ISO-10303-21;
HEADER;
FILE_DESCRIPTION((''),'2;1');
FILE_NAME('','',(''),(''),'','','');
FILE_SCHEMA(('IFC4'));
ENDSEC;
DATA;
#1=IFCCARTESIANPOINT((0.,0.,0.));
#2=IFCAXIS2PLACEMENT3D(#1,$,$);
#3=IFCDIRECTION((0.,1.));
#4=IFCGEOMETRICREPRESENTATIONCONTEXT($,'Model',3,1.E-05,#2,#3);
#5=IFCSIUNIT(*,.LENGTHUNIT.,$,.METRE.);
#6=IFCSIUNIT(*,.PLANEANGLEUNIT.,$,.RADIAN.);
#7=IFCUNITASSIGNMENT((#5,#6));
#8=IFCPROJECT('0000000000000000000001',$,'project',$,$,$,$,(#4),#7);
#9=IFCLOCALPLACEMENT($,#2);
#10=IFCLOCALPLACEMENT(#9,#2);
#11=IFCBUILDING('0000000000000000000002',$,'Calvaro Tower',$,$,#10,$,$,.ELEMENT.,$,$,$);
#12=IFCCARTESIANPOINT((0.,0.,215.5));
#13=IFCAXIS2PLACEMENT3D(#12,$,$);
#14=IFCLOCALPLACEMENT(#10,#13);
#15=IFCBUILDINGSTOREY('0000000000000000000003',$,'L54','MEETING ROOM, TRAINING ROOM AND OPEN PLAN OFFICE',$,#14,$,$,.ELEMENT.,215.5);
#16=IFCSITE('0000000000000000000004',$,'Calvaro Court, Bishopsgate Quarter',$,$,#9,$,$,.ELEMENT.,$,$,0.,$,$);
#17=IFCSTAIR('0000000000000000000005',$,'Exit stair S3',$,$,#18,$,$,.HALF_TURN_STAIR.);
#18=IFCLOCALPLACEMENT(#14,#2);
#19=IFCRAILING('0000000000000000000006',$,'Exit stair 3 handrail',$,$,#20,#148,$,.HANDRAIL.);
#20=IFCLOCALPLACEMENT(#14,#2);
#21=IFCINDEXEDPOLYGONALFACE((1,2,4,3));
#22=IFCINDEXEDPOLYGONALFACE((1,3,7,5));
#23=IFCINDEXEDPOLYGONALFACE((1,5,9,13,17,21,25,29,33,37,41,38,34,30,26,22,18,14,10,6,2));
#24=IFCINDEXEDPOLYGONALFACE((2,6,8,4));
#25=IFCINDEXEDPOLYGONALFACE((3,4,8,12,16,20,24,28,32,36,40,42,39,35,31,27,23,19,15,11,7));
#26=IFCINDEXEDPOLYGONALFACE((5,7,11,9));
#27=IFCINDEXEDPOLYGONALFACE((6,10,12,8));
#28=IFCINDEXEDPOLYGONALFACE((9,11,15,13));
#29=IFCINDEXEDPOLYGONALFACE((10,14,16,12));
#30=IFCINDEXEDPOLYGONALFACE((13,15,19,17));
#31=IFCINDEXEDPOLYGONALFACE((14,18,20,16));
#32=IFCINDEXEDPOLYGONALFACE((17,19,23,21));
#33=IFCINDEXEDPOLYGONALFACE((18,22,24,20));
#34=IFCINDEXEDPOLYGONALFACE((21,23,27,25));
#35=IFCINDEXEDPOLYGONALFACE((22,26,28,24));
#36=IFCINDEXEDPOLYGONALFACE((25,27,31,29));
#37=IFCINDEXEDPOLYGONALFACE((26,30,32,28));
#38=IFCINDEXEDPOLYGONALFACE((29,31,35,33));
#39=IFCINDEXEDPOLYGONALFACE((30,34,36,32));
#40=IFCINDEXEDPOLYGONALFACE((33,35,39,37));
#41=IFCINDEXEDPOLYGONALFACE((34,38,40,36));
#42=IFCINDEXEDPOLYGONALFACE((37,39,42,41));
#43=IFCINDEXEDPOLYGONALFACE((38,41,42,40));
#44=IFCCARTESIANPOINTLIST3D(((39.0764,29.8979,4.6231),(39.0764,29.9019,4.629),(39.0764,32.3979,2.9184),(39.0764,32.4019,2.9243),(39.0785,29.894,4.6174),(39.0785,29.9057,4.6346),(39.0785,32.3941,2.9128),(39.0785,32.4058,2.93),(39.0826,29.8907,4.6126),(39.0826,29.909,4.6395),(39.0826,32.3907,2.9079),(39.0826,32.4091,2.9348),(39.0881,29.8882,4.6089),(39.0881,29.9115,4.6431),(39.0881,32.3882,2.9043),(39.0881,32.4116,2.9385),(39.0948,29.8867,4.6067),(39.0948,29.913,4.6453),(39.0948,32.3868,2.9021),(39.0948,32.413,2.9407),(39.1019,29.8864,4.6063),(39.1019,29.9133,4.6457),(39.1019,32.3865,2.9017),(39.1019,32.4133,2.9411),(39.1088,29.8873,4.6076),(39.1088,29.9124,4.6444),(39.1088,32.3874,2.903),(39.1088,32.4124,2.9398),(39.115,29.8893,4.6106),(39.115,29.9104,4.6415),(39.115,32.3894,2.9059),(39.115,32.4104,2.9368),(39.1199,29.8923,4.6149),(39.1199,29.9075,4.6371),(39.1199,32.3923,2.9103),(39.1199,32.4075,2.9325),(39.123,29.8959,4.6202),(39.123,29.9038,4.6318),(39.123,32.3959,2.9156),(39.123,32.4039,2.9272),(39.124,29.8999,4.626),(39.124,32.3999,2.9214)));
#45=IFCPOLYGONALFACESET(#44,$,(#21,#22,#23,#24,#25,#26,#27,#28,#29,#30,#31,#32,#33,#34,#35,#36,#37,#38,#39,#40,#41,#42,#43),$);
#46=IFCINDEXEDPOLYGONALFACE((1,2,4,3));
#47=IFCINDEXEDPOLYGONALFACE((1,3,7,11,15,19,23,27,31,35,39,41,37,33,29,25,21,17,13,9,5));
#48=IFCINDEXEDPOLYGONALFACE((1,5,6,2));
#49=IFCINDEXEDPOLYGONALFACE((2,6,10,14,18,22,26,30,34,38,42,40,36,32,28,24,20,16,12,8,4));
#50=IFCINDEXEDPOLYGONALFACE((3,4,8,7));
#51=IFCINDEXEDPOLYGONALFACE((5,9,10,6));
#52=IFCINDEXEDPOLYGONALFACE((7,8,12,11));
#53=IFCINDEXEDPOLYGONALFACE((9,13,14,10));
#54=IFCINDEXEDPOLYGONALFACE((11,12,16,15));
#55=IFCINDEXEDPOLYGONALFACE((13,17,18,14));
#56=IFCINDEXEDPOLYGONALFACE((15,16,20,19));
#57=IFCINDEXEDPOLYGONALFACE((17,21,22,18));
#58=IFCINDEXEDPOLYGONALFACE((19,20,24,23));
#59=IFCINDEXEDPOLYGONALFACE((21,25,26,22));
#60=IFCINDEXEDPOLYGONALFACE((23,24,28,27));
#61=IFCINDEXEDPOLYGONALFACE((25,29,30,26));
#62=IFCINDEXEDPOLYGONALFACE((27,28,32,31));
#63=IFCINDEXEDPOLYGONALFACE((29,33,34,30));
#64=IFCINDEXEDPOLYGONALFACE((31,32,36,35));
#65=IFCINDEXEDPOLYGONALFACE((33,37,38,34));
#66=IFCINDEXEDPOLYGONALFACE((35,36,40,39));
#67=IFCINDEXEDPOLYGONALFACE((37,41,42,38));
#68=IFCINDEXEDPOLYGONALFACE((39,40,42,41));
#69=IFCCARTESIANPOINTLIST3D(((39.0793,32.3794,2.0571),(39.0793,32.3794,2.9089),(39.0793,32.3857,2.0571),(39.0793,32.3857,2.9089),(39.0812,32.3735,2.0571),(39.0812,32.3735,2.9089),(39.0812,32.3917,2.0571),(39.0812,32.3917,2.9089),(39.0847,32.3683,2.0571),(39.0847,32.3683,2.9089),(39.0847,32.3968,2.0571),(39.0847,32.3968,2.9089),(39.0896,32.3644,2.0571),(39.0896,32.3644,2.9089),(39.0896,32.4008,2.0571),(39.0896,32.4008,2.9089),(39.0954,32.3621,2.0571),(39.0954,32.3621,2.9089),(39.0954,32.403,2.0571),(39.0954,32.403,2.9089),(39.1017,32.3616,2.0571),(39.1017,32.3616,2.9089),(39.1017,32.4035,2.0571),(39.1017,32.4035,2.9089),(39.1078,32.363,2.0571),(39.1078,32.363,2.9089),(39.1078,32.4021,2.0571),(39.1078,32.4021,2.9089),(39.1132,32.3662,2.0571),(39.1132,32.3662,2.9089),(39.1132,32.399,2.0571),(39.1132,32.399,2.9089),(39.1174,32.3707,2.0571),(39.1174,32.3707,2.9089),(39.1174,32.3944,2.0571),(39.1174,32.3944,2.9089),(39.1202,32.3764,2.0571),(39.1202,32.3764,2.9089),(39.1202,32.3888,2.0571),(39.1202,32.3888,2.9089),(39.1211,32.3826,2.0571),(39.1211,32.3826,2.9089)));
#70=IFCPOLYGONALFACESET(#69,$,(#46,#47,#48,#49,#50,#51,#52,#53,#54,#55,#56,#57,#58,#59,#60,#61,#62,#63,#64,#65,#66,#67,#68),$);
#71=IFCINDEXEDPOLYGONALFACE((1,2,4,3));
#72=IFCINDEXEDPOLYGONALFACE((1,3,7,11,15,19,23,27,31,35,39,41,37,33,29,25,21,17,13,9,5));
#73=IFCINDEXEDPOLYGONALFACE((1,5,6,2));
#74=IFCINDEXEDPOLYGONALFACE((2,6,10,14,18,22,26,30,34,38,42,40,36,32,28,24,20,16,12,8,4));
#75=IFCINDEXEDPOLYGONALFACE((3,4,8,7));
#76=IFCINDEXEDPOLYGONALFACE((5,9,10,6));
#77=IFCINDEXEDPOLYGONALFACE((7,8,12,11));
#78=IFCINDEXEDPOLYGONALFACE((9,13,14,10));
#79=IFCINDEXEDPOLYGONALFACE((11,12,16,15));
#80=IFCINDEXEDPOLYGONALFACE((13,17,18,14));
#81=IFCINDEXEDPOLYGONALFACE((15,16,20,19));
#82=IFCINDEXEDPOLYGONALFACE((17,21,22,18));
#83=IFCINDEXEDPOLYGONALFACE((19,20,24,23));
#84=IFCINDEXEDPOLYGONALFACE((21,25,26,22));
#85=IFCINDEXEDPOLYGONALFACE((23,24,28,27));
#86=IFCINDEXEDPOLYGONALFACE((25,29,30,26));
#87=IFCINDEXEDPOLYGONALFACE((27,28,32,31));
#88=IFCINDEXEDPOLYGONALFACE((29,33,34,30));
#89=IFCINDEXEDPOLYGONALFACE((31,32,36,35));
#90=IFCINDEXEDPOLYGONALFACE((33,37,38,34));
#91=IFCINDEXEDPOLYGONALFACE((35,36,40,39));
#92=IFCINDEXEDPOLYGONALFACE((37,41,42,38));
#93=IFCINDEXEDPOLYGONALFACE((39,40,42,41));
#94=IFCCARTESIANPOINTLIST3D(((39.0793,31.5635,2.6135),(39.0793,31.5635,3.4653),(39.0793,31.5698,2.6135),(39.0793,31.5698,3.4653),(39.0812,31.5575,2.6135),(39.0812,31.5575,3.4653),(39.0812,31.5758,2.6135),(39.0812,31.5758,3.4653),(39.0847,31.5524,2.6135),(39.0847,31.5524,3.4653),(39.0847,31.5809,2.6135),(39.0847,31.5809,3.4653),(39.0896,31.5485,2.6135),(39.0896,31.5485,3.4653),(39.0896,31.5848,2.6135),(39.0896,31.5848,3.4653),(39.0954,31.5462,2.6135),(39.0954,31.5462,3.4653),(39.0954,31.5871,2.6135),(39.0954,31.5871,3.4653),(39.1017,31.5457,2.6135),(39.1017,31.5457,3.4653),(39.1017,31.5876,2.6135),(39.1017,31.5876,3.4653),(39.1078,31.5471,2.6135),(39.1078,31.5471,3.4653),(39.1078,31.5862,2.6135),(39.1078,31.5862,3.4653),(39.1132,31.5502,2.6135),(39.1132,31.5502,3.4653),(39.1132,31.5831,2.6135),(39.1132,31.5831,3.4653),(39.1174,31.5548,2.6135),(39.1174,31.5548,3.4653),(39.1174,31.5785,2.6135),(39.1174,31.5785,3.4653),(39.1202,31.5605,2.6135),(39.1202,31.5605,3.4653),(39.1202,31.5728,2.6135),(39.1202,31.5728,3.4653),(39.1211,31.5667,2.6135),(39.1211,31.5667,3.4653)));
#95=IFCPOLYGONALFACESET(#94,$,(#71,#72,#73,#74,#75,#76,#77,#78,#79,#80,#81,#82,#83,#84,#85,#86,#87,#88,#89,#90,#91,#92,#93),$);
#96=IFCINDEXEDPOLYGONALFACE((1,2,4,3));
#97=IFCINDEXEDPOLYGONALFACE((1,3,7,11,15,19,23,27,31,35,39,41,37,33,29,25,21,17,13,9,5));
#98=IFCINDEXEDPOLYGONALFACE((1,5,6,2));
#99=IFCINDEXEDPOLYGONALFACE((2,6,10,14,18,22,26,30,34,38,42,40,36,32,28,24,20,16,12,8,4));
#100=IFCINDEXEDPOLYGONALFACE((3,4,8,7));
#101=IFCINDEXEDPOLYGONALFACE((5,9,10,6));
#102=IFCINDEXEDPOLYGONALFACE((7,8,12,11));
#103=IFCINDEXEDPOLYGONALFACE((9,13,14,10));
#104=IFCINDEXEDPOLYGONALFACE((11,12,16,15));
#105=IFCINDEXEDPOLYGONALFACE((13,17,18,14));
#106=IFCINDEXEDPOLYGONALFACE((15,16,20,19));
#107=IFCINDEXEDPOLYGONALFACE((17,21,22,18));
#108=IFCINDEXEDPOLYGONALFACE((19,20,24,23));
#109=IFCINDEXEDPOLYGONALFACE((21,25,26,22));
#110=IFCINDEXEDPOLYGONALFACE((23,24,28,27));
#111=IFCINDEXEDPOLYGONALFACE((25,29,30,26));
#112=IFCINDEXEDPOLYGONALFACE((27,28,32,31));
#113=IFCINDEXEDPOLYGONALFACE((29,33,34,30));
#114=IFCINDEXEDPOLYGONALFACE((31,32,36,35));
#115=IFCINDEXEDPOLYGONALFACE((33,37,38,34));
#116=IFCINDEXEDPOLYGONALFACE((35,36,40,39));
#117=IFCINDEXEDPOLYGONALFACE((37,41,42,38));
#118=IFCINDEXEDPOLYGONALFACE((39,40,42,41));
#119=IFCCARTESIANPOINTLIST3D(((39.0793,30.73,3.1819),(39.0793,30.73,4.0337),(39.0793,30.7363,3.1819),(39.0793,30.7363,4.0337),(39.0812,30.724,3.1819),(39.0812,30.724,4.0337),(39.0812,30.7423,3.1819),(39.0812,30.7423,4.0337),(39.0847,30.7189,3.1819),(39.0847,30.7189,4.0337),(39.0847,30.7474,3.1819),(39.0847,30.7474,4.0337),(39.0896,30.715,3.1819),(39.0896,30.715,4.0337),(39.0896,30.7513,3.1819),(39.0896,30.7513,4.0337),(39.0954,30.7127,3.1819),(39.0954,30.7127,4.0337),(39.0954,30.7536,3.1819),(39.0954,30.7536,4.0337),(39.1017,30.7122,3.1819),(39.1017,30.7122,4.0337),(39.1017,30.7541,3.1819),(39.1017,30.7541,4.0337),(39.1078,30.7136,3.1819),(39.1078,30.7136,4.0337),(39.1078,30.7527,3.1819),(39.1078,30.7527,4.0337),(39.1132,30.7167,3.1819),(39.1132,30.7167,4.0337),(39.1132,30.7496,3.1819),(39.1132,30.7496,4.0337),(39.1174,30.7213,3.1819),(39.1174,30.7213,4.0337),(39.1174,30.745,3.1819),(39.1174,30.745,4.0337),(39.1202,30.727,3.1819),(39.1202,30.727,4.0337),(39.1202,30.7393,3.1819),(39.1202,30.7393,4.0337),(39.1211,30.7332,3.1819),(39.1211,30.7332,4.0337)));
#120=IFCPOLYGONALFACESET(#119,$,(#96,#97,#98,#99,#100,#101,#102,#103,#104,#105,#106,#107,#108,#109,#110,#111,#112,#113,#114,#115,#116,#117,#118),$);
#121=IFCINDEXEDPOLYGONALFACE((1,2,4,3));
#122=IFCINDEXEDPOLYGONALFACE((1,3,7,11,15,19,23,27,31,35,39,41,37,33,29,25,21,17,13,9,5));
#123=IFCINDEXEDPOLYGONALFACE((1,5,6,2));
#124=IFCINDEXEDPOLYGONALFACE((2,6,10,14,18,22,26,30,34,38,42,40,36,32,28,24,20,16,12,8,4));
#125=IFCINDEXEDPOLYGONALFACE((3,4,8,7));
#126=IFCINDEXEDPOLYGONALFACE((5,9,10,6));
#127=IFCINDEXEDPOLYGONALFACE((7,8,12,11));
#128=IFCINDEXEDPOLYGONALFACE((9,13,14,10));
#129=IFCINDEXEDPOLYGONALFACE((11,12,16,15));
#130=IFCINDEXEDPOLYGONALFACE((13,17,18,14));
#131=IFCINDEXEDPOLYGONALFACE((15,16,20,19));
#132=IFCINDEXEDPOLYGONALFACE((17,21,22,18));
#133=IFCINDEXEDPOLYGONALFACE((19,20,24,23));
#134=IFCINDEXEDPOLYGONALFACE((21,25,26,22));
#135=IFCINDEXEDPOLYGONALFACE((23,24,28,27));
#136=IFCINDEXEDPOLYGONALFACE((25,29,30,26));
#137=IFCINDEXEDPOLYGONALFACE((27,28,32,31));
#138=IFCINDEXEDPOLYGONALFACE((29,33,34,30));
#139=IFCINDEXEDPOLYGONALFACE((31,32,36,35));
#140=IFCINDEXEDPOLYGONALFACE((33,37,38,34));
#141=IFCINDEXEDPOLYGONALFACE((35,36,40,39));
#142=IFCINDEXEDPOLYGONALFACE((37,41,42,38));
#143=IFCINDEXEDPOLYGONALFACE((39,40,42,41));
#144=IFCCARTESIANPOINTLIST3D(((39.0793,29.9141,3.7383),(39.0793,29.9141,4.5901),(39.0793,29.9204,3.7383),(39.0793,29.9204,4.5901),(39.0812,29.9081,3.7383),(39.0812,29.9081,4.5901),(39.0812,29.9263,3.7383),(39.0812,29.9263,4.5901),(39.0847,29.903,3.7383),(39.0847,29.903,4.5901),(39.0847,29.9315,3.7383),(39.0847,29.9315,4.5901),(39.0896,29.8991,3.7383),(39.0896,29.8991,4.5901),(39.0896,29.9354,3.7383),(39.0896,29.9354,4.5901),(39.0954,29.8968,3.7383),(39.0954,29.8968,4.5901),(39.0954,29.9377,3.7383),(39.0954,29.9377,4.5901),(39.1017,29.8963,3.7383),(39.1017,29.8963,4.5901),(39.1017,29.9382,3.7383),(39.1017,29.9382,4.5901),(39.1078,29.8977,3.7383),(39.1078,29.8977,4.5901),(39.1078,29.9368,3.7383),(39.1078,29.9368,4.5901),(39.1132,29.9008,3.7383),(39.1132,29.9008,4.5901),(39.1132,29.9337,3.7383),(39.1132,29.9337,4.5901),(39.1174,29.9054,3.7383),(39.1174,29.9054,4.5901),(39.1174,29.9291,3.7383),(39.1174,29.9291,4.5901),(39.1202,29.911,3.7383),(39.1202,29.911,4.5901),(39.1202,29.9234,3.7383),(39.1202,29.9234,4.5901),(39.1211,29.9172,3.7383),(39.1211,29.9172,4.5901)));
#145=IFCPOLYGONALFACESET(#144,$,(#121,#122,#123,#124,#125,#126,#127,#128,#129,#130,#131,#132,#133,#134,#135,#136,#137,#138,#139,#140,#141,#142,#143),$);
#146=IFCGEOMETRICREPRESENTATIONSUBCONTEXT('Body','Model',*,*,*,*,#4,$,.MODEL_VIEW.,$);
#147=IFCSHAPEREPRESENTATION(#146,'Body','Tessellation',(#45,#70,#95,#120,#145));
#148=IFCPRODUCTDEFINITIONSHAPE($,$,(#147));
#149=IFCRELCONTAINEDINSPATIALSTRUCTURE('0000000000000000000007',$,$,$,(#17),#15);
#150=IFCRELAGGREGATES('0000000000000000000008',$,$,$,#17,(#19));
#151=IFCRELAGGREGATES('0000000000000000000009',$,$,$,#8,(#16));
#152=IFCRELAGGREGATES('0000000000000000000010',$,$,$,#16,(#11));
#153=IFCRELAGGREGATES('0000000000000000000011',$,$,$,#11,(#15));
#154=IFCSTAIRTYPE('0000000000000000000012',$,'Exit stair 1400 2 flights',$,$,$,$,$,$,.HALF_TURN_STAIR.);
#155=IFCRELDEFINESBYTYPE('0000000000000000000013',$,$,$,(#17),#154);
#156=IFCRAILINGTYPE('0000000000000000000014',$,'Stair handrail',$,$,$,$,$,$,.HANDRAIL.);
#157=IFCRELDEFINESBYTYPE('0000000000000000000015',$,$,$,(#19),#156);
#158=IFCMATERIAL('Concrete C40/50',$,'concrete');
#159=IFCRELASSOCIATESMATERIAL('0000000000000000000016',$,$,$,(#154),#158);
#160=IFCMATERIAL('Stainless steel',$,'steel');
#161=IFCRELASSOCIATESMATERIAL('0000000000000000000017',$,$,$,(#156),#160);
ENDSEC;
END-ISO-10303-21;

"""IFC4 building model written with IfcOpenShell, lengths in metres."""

from ifc_helpers import new_model, si_unit, direction, frame, origin, origin_2d, place, context, subcontext, project, spatial, circle, extrude, material, type_object, element, aggregate, save


model = new_model("IFC4")

# Units and contexts
model_context = context("Model", 3, precision=1e-05, world=origin(), true_north=direction((0.0, 1.0)))
body_context = subcontext(model_context, "Body", "Model", "MODEL_VIEW")
ifc_project = project(units=[si_unit("LENGTHUNIT", "METRE"), si_unit("PLANEANGLEUNIT", "RADIAN")], contexts=[model_context])

# Site, building, storey
site_placement = place(None, origin())
site = spatial("IfcSite", under=ifc_project, at=site_placement, Name="Calvaro Court, Bishopsgate Quarter", CompositionType="ELEMENT", RefElevation=0.0)
building_placement = place(site_placement, origin())
building = spatial("IfcBuilding", under=site, at=building_placement, Name="Calvaro Tower", CompositionType="ELEMENT")
storey_placement = place(building_placement, frame((0.0, 0.0, 215.5)))
storey = spatial("IfcBuildingStorey", under=building, at=storey_placement, Name="L54", Description="MEETING ROOM, TRAINING ROOM AND OPEN PLAN OFFICE", CompositionType="ELEMENT", Elevation=215.5)

# Stair
ifc_material_1 = material(Name="Concrete C40/50", Category="concrete")
stair_type = type_object("IfcStairType", Name="Exit stair 1400 2 flights", PredefinedType="HALF_TURN_STAIR", material=ifc_material_1)
stair_1_placement = place(storey_placement, origin())
stair_1 = element("IfcStair", 1, at=stair_1_placement, inside=storey, type_object=stair_type, Name="Exit stair S3", PredefinedType="HALF_TURN_STAIR")

# Railing
ifc_material_2 = material(Name="Stainless steel", Category="steel")
railing_type = type_object("IfcRailingType", Name="Stair handrail", PredefinedType="HANDRAIL", material=ifc_material_2)
railing_1_placement = place(storey_placement, frame((39.1001, 32.3999, 2.0454)))
railing_1 = element("IfcRailing", 2, at=railing_1_placement, type_object=railing_type, Name="Exit stair 3 handrail", PredefinedType="HANDRAIL", context=body_context, shape_type="SweptSolid", body=[
    extrude(circle(Radius=0.0239, at=origin_2d()), frame((0.0, 0.0, 0.876), z_axis=(0.0, -0.826221, 0.563347), x_axis=(1.0, 0.0, 0.0)), (0.0, 0.0, 1.0), 3.0259),
    extrude(circle(Radius=0.021, at=origin_2d()), frame((0.0, -0.0173, 0.0117)), (0.0, 0.0, 1.0), 0.8518),
    extrude(circle(Radius=0.021, at=origin_2d()), frame((0.0, -0.8333, 0.5681)), (0.0, 0.0, 1.0), 0.8518),
    extrude(circle(Radius=0.021, at=origin_2d()), frame((0.0, -1.6667, 1.1365)), (0.0, 0.0, 1.0), 0.8518),
    extrude(circle(Radius=0.021, at=origin_2d()), frame((0.0, -2.4827, 1.6929)), (0.0, 0.0, 1.0), 0.8518),
])
aggregate(stair_1, [railing_1])

save(model, "model.ifc")
